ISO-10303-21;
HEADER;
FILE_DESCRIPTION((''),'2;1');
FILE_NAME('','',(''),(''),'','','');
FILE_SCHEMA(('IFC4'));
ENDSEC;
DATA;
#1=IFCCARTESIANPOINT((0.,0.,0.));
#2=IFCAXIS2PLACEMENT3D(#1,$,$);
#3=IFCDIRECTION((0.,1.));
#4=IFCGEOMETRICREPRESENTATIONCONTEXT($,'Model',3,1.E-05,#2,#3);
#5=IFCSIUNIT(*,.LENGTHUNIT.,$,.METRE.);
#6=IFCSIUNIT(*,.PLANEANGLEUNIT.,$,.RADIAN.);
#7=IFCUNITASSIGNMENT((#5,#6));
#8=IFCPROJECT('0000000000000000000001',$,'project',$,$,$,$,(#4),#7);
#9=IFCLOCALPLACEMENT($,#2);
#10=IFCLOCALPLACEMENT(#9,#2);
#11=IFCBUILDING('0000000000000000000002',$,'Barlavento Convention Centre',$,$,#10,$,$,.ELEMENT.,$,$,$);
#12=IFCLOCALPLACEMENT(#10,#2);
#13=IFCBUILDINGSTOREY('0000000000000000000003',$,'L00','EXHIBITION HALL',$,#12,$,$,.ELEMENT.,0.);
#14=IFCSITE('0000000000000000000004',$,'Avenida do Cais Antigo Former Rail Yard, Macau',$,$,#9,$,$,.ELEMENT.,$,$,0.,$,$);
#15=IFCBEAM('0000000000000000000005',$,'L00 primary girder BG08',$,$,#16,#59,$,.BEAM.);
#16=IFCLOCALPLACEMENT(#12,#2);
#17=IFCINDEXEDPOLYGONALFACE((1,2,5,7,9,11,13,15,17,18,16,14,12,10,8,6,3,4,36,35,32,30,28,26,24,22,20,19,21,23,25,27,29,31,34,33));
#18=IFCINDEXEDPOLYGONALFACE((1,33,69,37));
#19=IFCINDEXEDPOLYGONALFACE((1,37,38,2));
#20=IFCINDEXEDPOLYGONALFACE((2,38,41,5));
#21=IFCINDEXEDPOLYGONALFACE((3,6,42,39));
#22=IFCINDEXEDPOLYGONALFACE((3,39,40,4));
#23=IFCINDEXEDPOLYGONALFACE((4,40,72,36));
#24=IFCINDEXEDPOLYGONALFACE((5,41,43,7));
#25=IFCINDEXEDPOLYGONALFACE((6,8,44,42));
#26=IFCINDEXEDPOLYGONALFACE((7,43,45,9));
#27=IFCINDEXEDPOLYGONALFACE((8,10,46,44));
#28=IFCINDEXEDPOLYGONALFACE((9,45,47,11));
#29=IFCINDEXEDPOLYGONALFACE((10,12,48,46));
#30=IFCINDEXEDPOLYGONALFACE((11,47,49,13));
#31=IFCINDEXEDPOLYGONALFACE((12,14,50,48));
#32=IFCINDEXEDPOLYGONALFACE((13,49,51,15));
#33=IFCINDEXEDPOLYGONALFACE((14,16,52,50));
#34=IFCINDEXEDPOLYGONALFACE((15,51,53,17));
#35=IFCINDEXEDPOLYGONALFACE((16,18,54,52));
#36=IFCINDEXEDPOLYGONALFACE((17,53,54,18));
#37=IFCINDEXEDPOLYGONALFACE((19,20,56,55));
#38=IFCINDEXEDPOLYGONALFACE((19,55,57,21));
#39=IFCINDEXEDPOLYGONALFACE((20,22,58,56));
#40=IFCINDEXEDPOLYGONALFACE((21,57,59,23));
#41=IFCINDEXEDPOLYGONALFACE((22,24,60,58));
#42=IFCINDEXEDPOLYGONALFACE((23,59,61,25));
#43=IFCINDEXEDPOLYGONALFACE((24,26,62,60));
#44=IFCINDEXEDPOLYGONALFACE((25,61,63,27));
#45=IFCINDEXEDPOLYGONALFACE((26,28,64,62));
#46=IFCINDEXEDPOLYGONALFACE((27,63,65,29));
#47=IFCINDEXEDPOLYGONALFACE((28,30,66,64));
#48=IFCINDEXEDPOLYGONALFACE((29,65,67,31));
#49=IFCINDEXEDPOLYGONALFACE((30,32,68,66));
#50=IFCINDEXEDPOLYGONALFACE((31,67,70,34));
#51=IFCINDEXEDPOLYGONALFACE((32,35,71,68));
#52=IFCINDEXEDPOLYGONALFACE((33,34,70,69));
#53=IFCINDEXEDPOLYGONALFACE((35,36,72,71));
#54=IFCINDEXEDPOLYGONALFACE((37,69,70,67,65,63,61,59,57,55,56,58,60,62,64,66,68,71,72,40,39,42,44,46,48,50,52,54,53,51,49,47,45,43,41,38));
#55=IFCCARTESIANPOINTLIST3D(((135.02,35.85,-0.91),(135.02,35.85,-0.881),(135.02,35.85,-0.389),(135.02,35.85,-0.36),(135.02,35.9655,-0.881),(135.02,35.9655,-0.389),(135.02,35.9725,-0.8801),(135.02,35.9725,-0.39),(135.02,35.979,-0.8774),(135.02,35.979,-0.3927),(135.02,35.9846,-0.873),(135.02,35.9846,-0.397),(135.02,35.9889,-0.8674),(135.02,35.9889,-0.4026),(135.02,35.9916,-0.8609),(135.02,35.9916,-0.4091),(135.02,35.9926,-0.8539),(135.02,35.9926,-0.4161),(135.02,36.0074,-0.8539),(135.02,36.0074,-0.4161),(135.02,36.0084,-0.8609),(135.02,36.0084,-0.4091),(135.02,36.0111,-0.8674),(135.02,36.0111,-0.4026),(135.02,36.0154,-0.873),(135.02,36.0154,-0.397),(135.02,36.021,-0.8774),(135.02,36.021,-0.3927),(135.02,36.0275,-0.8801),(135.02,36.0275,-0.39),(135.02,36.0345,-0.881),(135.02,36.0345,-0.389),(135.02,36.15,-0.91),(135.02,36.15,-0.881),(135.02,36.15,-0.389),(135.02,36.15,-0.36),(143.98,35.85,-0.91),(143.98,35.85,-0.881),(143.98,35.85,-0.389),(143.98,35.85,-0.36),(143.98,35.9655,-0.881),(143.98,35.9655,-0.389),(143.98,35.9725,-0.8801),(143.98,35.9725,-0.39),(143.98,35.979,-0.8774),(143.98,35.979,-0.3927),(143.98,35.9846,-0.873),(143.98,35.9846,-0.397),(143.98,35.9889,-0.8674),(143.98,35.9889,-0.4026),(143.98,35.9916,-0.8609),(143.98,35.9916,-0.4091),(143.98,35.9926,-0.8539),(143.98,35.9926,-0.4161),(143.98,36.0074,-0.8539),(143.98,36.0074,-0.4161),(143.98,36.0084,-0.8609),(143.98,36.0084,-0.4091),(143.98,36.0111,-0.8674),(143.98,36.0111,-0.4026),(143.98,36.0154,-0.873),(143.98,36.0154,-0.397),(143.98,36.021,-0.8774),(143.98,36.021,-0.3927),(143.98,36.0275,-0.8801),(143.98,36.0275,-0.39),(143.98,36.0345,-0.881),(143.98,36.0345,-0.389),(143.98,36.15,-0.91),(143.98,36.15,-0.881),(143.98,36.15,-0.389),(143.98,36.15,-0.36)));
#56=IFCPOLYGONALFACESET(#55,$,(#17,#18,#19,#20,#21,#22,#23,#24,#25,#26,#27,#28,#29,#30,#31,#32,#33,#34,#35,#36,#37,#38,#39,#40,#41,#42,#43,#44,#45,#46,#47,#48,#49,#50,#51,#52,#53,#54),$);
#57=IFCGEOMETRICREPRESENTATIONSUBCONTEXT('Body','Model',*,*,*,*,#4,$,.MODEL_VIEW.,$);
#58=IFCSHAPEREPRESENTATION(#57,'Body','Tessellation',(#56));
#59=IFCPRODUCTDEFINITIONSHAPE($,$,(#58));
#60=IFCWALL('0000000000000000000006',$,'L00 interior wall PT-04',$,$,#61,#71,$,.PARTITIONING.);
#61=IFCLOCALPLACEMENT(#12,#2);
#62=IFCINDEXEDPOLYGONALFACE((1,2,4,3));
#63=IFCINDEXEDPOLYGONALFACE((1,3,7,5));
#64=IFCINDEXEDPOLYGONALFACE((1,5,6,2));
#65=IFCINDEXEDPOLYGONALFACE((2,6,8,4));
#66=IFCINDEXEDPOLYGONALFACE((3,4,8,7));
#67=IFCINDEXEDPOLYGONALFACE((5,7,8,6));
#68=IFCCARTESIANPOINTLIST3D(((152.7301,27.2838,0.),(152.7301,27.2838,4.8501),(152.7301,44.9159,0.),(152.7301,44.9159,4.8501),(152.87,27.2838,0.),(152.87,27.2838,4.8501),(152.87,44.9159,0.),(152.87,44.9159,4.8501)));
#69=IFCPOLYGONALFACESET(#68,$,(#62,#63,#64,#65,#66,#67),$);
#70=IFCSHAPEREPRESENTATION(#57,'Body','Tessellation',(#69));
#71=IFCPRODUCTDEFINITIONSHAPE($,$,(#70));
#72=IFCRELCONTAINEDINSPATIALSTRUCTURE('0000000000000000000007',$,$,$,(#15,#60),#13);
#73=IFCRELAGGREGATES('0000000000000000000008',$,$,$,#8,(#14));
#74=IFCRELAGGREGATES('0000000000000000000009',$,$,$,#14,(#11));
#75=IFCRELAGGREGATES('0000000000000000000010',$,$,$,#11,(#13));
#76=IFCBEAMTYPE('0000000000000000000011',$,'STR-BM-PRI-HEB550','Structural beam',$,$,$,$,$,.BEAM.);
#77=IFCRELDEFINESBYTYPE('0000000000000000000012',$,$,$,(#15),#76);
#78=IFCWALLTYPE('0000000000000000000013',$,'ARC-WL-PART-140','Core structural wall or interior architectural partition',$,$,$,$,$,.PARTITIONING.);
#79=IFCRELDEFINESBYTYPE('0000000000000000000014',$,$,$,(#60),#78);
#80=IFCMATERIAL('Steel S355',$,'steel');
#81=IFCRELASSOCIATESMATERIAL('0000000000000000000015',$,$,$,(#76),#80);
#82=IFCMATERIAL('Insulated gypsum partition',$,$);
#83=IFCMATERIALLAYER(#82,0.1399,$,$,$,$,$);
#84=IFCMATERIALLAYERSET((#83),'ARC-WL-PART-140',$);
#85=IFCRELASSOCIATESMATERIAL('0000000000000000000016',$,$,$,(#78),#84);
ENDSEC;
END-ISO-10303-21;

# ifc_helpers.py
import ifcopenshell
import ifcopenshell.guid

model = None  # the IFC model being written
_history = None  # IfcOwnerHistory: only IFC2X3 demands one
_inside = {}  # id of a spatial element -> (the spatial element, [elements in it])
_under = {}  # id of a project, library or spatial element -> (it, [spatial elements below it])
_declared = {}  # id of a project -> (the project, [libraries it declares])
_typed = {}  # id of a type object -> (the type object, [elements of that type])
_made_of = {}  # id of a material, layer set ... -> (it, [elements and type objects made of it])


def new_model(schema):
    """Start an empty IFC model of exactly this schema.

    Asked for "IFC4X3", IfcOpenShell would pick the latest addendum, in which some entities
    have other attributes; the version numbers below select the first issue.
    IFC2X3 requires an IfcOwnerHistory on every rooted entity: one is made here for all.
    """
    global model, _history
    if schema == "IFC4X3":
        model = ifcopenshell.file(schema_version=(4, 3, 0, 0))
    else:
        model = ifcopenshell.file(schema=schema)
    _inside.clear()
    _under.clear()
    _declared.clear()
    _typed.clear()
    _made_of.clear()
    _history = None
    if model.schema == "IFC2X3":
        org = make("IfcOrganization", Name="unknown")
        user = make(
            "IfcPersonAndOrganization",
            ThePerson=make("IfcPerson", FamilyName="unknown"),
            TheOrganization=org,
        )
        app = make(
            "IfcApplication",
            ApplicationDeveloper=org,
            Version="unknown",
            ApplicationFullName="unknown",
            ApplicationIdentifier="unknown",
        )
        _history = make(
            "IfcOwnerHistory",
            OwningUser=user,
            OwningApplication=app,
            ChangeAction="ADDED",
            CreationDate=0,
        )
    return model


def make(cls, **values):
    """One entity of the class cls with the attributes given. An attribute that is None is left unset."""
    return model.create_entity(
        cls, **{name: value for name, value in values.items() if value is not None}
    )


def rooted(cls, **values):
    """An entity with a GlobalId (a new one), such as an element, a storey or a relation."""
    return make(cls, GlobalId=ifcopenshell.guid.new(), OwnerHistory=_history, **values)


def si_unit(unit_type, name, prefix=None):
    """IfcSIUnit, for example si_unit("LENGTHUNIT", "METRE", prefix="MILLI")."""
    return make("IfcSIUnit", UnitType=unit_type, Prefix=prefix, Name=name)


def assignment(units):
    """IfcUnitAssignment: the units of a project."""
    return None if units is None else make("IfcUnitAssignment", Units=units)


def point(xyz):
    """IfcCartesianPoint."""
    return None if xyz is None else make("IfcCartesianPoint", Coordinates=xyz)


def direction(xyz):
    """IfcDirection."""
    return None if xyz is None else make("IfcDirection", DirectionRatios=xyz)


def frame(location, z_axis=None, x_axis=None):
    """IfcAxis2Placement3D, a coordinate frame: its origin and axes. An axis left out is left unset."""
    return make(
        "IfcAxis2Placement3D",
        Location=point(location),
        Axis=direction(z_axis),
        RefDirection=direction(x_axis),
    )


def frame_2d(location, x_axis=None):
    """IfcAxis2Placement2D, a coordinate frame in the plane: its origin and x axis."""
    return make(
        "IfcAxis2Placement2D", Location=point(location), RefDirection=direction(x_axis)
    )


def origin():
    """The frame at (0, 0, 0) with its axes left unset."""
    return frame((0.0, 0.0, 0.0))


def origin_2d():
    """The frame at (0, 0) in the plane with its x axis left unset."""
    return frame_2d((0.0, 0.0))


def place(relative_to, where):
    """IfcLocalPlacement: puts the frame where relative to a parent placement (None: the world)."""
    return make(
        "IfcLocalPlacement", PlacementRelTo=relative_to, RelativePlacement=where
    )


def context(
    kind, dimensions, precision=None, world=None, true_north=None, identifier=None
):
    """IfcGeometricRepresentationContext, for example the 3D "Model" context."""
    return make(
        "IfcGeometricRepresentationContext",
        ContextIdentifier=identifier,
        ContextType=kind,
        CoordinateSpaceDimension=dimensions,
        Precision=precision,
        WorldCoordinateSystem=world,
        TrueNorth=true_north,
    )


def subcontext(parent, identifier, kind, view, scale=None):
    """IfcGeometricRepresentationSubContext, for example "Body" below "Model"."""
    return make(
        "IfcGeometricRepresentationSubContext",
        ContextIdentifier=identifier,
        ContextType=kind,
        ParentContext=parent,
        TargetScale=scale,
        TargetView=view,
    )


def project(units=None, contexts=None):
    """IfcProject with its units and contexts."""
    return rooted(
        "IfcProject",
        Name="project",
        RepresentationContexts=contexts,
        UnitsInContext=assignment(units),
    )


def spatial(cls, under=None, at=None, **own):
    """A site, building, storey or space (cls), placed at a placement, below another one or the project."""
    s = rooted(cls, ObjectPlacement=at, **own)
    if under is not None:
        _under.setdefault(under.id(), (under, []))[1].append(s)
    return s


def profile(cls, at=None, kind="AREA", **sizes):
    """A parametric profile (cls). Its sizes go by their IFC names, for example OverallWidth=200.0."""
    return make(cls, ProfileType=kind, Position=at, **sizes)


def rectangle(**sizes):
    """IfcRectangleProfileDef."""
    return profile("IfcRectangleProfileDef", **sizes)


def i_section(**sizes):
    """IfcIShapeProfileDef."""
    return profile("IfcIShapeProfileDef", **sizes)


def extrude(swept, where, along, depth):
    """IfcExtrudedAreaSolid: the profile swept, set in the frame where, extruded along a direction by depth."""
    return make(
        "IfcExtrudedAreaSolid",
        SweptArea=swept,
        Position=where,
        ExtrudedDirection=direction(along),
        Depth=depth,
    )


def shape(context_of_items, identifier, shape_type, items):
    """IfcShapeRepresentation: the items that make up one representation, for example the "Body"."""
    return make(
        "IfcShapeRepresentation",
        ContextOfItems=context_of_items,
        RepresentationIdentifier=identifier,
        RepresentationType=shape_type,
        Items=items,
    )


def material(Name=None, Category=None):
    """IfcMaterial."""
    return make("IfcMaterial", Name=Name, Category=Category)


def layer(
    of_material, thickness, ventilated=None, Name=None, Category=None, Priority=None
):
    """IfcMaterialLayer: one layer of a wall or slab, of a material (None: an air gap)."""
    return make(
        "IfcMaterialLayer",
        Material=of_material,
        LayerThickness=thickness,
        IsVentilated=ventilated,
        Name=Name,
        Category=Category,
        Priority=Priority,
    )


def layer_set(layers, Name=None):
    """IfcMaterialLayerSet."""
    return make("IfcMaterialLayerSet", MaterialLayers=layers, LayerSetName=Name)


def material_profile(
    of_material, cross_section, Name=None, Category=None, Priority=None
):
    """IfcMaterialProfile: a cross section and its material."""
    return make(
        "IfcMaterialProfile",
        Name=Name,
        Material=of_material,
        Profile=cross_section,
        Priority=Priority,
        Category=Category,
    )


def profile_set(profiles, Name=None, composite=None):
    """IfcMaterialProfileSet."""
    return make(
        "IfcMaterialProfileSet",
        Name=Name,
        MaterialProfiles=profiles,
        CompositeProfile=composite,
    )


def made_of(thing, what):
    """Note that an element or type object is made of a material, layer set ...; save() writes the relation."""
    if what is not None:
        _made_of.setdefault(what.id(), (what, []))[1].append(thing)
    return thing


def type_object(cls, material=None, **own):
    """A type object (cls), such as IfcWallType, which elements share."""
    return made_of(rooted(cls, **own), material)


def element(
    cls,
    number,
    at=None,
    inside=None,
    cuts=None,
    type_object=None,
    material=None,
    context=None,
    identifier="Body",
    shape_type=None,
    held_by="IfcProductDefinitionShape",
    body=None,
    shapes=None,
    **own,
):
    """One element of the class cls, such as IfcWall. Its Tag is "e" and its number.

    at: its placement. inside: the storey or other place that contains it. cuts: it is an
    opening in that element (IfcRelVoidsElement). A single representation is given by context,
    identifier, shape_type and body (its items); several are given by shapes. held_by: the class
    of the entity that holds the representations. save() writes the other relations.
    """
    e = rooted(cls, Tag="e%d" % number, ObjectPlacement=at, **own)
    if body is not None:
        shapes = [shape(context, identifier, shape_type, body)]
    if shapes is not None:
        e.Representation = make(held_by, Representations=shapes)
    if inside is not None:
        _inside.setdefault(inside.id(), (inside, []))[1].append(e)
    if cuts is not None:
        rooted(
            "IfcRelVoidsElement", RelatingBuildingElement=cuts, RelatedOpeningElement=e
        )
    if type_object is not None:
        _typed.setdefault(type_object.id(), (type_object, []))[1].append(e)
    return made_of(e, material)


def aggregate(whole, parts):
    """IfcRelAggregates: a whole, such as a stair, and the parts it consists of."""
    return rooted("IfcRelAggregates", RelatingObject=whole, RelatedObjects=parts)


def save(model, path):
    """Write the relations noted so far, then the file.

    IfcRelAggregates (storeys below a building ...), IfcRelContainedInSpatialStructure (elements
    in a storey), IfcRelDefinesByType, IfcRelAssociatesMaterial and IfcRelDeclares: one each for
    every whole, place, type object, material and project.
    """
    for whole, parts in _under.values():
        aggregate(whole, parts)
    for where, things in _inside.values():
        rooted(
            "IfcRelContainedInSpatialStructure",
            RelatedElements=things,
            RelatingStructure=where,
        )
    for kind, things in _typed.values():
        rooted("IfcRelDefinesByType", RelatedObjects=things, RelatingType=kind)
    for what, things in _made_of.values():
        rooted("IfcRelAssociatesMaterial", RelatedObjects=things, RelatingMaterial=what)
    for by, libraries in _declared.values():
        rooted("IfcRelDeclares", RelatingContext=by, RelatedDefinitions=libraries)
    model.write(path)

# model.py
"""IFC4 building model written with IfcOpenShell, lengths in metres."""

from ifc_helpers import new_model, si_unit, direction, frame, frame_2d, origin, origin_2d, place, context, subcontext, project, spatial, rectangle, i_section, extrude, material, layer, layer_set, material_profile, profile_set, type_object, element, save


model = new_model("IFC4")

# Units and contexts
model_context = context("Model", 3, precision=1e-05, world=origin(), true_north=direction((0.0, 1.0)))
body_context = subcontext(model_context, "Body", "Model", "MODEL_VIEW")
ifc_project = project(units=[si_unit("LENGTHUNIT", "METRE"), si_unit("PLANEANGLEUNIT", "RADIAN")], contexts=[model_context])

# Site, building, storey
site_placement = place(None, origin())
site = spatial("IfcSite", under=ifc_project, at=site_placement, Name="Avenida do Cais Antigo Former Rail Yard, Macau", CompositionType="ELEMENT", RefElevation=0.0)
building_placement = place(site_placement, origin())
building = spatial("IfcBuilding", under=site, at=building_placement, Name="Barlavento Convention Centre", CompositionType="ELEMENT")
storey_placement = place(building_placement, origin())
storey = spatial("IfcBuildingStorey", under=building, at=storey_placement, Name="L00", Description="EXHIBITION HALL", CompositionType="ELEMENT", Elevation=0.0)

# Beam
ifc_material_1 = material(Name="Steel S355", Category="steel")
ifc_material_profile_1 = material_profile(ifc_material_1, i_section(OverallWidth=0.3, OverallDepth=0.55, WebThickness=0.0149, FlangeThickness=0.0291, FilletRadius=0.0271, at=origin_2d()), Name="HEB 550")
ifc_profile_set_1 = profile_set([ifc_material_profile_1], Name="Steel S355")
beam_type_1 = type_object("IfcBeamType", Name="STR-BM-PRI-HEB550", Description="Structural beam", PredefinedType="BEAM", material=ifc_profile_set_1)
beam_1_placement = place(storey_placement, frame((135.02, 36.0, -0.635), z_axis=(1.0, 0.0, 0.0), x_axis=(0.0, 1.0, 0.0)))
element("IfcBeam", 1, at=beam_1_placement, inside=storey, type_object=beam_type_1, Name="L00 primary girder BG08", PredefinedType="BEAM", context=body_context, shape_type="SweptSolid", body=[
    extrude(i_section(OverallWidth=0.3, OverallDepth=0.55, WebThickness=0.0149, FlangeThickness=0.0291, FilletRadius=0.0271, at=origin_2d()), origin(), (0.0, 0.0, 1.0), 8.96),
])

# Wall
ifc_material_2 = material(Name="Insulated gypsum partition")
ifc_layer = layer(ifc_material_2, 0.1399)
ifc_layer_set = layer_set([ifc_layer], Name="ARC-WL-PART-140")
wall_type = type_object("IfcWallType", Name="ARC-WL-PART-140", Description="Core structural wall or interior architectural partition", PredefinedType="PARTITIONING", material=ifc_layer_set)
wall_placement = place(storey_placement, frame((152.8, 27.2839, 0.0), z_axis=(0.0, 0.0, 1.0), x_axis=(0.0, 1.0, 0.0)))
element("IfcWall", 2, at=wall_placement, inside=storey, type_object=wall_type, Name="L00 interior wall PT-04", PredefinedType="PARTITIONING", context=body_context, shape_type="SweptSolid", body=[
    extrude(rectangle(XDim=17.6321, YDim=0.1399, at=frame_2d((8.8159, 0.0))), origin(), (0.0, 0.0, 1.0), 4.8501),
])

save(model, "model.ifc")
